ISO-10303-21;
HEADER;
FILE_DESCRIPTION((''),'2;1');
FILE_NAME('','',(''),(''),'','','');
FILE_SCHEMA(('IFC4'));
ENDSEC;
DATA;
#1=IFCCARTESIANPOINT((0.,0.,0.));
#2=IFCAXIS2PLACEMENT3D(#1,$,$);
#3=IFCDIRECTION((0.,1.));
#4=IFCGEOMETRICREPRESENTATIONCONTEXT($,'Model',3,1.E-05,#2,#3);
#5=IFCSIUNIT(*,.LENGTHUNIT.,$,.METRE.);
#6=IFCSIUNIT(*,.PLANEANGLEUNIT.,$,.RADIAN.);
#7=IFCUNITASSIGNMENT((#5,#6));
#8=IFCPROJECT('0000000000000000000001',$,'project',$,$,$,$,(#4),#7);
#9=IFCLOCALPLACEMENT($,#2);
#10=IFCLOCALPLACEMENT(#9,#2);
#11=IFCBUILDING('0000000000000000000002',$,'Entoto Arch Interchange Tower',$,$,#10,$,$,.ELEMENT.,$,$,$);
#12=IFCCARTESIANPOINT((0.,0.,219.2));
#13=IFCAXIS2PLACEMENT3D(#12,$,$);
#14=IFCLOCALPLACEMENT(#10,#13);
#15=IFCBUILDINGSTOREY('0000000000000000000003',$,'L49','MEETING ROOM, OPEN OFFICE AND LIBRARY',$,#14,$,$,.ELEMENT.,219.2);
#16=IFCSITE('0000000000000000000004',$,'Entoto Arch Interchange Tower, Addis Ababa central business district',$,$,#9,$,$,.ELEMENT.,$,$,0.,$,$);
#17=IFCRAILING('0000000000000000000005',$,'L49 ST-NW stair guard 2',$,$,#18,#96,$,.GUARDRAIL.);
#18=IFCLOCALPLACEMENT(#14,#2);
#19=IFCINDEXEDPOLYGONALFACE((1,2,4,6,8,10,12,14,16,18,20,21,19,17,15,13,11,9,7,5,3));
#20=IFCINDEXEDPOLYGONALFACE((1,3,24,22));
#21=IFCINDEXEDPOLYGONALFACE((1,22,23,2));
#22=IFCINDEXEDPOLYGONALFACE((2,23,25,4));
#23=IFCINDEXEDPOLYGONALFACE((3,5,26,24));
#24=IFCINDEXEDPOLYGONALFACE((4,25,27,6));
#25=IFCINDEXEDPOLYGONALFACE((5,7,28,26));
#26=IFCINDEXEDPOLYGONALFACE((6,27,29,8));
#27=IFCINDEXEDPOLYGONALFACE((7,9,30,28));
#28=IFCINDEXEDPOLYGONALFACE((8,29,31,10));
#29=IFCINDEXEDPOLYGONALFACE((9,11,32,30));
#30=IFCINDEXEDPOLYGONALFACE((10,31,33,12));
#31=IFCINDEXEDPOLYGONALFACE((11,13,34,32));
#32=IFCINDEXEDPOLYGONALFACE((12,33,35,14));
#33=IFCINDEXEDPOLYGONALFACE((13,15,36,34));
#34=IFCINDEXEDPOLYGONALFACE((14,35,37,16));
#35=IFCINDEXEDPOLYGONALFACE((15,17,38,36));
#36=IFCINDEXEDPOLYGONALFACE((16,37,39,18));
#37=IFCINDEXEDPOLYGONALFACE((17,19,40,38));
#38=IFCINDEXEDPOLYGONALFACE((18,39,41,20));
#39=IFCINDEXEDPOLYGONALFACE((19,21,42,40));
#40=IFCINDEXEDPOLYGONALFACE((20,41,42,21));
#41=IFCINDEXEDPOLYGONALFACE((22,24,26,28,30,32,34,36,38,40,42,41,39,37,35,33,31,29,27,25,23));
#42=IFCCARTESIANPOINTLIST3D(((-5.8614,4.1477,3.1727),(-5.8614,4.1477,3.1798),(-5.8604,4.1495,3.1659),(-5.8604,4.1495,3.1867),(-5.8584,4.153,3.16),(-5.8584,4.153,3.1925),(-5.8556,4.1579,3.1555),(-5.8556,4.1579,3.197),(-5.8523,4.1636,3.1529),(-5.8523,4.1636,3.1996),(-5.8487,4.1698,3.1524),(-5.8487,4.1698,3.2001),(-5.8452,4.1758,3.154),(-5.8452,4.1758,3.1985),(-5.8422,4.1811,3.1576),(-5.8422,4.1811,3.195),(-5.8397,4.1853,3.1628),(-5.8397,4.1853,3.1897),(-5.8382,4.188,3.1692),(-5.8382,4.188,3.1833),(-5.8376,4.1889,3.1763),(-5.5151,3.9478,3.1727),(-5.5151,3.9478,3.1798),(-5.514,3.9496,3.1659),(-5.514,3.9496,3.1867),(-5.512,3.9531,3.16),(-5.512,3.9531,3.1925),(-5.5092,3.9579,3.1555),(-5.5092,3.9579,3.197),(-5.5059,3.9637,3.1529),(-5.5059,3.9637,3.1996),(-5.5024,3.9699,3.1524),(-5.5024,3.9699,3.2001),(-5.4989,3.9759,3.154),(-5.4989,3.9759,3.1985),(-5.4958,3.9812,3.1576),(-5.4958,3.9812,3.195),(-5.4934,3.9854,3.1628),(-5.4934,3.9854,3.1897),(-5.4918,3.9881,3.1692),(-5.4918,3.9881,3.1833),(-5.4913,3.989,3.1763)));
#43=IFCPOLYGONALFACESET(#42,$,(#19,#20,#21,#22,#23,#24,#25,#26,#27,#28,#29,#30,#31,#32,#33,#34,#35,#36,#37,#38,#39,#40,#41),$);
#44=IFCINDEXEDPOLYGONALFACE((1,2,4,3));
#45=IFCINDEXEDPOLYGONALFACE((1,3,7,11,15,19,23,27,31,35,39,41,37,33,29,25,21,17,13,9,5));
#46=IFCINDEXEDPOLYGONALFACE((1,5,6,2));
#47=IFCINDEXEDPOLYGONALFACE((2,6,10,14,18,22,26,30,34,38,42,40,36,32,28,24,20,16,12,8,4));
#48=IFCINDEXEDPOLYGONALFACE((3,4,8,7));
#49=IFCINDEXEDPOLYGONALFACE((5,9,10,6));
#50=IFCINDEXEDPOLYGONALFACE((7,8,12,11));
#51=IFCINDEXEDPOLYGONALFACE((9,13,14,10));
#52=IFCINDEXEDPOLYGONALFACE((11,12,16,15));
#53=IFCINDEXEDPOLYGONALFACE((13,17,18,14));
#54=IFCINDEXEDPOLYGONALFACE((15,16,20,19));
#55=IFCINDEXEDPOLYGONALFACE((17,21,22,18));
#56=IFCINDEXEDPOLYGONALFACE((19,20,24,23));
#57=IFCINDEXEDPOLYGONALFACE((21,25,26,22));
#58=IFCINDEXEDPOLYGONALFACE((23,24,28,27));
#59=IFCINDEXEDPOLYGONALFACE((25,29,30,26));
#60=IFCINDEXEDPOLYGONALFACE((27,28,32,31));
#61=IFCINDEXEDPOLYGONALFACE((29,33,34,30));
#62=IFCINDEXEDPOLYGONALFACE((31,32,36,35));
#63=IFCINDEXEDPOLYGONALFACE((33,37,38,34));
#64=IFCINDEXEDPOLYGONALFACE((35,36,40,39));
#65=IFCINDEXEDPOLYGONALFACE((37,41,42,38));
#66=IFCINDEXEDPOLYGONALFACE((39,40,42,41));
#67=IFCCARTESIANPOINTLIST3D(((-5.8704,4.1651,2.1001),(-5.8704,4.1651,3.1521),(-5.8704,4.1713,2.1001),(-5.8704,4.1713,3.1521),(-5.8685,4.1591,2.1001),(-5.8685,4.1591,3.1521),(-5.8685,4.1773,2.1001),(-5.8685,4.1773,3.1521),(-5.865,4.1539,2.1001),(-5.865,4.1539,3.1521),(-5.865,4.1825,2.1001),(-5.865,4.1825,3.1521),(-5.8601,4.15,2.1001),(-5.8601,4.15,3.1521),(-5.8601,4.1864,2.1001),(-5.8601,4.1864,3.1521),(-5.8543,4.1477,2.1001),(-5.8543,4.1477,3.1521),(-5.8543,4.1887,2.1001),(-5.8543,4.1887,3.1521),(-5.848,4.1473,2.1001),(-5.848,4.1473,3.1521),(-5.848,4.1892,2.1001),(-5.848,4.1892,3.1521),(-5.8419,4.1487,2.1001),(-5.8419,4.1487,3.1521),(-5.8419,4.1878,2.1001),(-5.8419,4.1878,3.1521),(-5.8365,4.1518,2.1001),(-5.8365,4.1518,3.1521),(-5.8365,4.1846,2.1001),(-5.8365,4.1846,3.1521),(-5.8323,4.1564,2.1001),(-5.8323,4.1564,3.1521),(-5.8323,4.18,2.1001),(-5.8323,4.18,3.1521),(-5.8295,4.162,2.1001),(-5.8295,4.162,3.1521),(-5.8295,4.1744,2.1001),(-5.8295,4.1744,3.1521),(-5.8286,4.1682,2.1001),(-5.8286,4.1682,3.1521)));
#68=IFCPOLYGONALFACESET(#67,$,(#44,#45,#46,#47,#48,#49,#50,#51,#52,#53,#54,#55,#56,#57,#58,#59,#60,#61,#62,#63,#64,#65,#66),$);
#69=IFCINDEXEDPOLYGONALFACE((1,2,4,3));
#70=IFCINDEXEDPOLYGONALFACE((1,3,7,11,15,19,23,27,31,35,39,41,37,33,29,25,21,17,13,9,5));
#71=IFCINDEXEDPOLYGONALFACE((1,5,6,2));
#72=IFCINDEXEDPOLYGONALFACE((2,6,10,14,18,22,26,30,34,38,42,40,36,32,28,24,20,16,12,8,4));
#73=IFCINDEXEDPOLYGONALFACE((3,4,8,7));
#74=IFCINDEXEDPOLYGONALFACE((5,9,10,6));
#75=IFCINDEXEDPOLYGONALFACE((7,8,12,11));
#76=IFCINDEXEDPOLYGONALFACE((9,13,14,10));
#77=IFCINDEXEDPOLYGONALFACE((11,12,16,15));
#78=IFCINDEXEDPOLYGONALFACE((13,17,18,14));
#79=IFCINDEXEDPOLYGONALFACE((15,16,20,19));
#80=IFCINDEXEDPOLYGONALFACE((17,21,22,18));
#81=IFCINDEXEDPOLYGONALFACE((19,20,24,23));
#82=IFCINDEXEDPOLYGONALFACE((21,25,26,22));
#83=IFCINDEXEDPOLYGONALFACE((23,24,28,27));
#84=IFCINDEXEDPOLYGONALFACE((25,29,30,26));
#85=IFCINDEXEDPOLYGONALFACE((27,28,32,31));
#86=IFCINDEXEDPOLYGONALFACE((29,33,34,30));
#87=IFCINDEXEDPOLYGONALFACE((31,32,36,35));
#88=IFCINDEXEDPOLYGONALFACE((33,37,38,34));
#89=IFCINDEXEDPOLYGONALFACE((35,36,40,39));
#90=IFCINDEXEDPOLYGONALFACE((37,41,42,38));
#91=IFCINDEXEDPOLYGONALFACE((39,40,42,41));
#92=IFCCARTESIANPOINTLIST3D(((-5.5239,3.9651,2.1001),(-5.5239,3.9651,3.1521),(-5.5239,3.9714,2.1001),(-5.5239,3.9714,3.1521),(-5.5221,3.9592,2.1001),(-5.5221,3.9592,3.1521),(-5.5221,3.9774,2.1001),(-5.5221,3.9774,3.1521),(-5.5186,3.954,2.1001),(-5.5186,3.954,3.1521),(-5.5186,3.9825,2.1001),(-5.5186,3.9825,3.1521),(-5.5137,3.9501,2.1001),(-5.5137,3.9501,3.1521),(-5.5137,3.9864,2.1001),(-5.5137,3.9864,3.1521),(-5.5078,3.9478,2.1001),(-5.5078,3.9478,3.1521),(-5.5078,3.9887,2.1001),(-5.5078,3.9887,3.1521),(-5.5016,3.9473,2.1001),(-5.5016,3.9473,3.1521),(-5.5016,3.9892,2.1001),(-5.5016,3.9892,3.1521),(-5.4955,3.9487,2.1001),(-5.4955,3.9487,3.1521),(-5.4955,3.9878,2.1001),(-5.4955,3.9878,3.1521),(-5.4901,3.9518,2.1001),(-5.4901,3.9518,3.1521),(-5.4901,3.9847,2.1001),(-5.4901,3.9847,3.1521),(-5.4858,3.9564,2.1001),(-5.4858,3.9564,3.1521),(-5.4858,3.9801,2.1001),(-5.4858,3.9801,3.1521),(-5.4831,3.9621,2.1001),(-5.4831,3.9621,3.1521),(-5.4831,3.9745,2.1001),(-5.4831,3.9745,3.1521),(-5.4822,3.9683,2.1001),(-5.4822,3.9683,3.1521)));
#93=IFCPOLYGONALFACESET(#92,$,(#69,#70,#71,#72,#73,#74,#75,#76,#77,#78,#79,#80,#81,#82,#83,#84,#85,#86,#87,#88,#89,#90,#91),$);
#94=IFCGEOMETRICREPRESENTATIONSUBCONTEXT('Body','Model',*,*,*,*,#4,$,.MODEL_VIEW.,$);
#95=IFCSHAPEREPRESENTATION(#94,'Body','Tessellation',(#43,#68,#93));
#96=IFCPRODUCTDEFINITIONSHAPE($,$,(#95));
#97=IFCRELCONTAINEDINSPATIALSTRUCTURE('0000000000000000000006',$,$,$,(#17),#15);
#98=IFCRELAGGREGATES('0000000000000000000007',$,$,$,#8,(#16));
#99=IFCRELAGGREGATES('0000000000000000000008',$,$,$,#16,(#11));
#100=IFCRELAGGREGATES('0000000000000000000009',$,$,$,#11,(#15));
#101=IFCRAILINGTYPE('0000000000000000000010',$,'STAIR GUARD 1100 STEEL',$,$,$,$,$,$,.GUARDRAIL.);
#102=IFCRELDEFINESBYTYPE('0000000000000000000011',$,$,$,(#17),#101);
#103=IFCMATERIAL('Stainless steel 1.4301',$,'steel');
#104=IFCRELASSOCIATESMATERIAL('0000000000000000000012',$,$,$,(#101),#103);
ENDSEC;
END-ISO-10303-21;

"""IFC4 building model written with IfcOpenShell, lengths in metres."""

from ifc_helpers import new_model, si_unit, direction, frame, origin, origin_2d, place, context, subcontext, project, spatial, circle, extrude, material, type_object, element, save


model = new_model("IFC4")

# Units and contexts
model_context = context("Model", 3, precision=1e-05, world=origin(), true_north=direction((0.0, 1.0)))
body_context = subcontext(model_context, "Body", "Model", "MODEL_VIEW")
ifc_project = project(units=[si_unit("LENGTHUNIT", "METRE"), si_unit("PLANEANGLEUNIT", "RADIAN")], contexts=[model_context])

# Site, building, storey
site_placement = place(None, origin())
site = spatial("IfcSite", under=ifc_project, at=site_placement, Name="Entoto Arch Interchange Tower, Addis Ababa central business district", CompositionType="ELEMENT", RefElevation=0.0)
building_placement = place(site_placement, origin())
building = spatial("IfcBuilding", under=site, at=building_placement, Name="Entoto Arch Interchange Tower", CompositionType="ELEMENT")
storey_placement = place(building_placement, frame((0.0, 0.0, 219.2)))
storey = spatial("IfcBuildingStorey", under=building, at=storey_placement, Name="L49", Description="MEETING ROOM, OPEN OFFICE AND LIBRARY", CompositionType="ELEMENT", Elevation=219.2)

# Railing
ifc_material_1 = material(Name="Stainless steel 1.4301", Category="steel")
railing_type = type_object("IfcRailingType", Name="STAIR GUARD 1100 STEEL", PredefinedType="GUARDRAIL", material=ifc_material_1)
railing_1_placement = place(storey_placement, frame((-5.8496, 4.1682, 2.1001)))
element("IfcRailing", 1, at=railing_1_placement, inside=storey, type_object=railing_type, Name="L49 ST-NW stair guard 2", PredefinedType="GUARDRAIL", context=body_context, shape_type="SweptSolid", body=[
    extrude(circle(Radius=0.0239, at=origin_2d()), frame((0.0, 0.0, 1.0762), z_axis=(0.866094, -0.499881, 0.0), x_axis=(0.499881, 0.866094, 0.0)), (0.0, 0.0, 1.0), 0.3999),
    extrude(circle(Radius=0.021, at=origin_2d()), origin(), (0.0, 0.0, 1.0), 1.052),
    extrude(circle(Radius=0.021, at=origin_2d()), frame((0.3464, -0.2, 0.0)), (0.0, 0.0, 1.0), 1.052),
])

save(model, "model.ifc")
